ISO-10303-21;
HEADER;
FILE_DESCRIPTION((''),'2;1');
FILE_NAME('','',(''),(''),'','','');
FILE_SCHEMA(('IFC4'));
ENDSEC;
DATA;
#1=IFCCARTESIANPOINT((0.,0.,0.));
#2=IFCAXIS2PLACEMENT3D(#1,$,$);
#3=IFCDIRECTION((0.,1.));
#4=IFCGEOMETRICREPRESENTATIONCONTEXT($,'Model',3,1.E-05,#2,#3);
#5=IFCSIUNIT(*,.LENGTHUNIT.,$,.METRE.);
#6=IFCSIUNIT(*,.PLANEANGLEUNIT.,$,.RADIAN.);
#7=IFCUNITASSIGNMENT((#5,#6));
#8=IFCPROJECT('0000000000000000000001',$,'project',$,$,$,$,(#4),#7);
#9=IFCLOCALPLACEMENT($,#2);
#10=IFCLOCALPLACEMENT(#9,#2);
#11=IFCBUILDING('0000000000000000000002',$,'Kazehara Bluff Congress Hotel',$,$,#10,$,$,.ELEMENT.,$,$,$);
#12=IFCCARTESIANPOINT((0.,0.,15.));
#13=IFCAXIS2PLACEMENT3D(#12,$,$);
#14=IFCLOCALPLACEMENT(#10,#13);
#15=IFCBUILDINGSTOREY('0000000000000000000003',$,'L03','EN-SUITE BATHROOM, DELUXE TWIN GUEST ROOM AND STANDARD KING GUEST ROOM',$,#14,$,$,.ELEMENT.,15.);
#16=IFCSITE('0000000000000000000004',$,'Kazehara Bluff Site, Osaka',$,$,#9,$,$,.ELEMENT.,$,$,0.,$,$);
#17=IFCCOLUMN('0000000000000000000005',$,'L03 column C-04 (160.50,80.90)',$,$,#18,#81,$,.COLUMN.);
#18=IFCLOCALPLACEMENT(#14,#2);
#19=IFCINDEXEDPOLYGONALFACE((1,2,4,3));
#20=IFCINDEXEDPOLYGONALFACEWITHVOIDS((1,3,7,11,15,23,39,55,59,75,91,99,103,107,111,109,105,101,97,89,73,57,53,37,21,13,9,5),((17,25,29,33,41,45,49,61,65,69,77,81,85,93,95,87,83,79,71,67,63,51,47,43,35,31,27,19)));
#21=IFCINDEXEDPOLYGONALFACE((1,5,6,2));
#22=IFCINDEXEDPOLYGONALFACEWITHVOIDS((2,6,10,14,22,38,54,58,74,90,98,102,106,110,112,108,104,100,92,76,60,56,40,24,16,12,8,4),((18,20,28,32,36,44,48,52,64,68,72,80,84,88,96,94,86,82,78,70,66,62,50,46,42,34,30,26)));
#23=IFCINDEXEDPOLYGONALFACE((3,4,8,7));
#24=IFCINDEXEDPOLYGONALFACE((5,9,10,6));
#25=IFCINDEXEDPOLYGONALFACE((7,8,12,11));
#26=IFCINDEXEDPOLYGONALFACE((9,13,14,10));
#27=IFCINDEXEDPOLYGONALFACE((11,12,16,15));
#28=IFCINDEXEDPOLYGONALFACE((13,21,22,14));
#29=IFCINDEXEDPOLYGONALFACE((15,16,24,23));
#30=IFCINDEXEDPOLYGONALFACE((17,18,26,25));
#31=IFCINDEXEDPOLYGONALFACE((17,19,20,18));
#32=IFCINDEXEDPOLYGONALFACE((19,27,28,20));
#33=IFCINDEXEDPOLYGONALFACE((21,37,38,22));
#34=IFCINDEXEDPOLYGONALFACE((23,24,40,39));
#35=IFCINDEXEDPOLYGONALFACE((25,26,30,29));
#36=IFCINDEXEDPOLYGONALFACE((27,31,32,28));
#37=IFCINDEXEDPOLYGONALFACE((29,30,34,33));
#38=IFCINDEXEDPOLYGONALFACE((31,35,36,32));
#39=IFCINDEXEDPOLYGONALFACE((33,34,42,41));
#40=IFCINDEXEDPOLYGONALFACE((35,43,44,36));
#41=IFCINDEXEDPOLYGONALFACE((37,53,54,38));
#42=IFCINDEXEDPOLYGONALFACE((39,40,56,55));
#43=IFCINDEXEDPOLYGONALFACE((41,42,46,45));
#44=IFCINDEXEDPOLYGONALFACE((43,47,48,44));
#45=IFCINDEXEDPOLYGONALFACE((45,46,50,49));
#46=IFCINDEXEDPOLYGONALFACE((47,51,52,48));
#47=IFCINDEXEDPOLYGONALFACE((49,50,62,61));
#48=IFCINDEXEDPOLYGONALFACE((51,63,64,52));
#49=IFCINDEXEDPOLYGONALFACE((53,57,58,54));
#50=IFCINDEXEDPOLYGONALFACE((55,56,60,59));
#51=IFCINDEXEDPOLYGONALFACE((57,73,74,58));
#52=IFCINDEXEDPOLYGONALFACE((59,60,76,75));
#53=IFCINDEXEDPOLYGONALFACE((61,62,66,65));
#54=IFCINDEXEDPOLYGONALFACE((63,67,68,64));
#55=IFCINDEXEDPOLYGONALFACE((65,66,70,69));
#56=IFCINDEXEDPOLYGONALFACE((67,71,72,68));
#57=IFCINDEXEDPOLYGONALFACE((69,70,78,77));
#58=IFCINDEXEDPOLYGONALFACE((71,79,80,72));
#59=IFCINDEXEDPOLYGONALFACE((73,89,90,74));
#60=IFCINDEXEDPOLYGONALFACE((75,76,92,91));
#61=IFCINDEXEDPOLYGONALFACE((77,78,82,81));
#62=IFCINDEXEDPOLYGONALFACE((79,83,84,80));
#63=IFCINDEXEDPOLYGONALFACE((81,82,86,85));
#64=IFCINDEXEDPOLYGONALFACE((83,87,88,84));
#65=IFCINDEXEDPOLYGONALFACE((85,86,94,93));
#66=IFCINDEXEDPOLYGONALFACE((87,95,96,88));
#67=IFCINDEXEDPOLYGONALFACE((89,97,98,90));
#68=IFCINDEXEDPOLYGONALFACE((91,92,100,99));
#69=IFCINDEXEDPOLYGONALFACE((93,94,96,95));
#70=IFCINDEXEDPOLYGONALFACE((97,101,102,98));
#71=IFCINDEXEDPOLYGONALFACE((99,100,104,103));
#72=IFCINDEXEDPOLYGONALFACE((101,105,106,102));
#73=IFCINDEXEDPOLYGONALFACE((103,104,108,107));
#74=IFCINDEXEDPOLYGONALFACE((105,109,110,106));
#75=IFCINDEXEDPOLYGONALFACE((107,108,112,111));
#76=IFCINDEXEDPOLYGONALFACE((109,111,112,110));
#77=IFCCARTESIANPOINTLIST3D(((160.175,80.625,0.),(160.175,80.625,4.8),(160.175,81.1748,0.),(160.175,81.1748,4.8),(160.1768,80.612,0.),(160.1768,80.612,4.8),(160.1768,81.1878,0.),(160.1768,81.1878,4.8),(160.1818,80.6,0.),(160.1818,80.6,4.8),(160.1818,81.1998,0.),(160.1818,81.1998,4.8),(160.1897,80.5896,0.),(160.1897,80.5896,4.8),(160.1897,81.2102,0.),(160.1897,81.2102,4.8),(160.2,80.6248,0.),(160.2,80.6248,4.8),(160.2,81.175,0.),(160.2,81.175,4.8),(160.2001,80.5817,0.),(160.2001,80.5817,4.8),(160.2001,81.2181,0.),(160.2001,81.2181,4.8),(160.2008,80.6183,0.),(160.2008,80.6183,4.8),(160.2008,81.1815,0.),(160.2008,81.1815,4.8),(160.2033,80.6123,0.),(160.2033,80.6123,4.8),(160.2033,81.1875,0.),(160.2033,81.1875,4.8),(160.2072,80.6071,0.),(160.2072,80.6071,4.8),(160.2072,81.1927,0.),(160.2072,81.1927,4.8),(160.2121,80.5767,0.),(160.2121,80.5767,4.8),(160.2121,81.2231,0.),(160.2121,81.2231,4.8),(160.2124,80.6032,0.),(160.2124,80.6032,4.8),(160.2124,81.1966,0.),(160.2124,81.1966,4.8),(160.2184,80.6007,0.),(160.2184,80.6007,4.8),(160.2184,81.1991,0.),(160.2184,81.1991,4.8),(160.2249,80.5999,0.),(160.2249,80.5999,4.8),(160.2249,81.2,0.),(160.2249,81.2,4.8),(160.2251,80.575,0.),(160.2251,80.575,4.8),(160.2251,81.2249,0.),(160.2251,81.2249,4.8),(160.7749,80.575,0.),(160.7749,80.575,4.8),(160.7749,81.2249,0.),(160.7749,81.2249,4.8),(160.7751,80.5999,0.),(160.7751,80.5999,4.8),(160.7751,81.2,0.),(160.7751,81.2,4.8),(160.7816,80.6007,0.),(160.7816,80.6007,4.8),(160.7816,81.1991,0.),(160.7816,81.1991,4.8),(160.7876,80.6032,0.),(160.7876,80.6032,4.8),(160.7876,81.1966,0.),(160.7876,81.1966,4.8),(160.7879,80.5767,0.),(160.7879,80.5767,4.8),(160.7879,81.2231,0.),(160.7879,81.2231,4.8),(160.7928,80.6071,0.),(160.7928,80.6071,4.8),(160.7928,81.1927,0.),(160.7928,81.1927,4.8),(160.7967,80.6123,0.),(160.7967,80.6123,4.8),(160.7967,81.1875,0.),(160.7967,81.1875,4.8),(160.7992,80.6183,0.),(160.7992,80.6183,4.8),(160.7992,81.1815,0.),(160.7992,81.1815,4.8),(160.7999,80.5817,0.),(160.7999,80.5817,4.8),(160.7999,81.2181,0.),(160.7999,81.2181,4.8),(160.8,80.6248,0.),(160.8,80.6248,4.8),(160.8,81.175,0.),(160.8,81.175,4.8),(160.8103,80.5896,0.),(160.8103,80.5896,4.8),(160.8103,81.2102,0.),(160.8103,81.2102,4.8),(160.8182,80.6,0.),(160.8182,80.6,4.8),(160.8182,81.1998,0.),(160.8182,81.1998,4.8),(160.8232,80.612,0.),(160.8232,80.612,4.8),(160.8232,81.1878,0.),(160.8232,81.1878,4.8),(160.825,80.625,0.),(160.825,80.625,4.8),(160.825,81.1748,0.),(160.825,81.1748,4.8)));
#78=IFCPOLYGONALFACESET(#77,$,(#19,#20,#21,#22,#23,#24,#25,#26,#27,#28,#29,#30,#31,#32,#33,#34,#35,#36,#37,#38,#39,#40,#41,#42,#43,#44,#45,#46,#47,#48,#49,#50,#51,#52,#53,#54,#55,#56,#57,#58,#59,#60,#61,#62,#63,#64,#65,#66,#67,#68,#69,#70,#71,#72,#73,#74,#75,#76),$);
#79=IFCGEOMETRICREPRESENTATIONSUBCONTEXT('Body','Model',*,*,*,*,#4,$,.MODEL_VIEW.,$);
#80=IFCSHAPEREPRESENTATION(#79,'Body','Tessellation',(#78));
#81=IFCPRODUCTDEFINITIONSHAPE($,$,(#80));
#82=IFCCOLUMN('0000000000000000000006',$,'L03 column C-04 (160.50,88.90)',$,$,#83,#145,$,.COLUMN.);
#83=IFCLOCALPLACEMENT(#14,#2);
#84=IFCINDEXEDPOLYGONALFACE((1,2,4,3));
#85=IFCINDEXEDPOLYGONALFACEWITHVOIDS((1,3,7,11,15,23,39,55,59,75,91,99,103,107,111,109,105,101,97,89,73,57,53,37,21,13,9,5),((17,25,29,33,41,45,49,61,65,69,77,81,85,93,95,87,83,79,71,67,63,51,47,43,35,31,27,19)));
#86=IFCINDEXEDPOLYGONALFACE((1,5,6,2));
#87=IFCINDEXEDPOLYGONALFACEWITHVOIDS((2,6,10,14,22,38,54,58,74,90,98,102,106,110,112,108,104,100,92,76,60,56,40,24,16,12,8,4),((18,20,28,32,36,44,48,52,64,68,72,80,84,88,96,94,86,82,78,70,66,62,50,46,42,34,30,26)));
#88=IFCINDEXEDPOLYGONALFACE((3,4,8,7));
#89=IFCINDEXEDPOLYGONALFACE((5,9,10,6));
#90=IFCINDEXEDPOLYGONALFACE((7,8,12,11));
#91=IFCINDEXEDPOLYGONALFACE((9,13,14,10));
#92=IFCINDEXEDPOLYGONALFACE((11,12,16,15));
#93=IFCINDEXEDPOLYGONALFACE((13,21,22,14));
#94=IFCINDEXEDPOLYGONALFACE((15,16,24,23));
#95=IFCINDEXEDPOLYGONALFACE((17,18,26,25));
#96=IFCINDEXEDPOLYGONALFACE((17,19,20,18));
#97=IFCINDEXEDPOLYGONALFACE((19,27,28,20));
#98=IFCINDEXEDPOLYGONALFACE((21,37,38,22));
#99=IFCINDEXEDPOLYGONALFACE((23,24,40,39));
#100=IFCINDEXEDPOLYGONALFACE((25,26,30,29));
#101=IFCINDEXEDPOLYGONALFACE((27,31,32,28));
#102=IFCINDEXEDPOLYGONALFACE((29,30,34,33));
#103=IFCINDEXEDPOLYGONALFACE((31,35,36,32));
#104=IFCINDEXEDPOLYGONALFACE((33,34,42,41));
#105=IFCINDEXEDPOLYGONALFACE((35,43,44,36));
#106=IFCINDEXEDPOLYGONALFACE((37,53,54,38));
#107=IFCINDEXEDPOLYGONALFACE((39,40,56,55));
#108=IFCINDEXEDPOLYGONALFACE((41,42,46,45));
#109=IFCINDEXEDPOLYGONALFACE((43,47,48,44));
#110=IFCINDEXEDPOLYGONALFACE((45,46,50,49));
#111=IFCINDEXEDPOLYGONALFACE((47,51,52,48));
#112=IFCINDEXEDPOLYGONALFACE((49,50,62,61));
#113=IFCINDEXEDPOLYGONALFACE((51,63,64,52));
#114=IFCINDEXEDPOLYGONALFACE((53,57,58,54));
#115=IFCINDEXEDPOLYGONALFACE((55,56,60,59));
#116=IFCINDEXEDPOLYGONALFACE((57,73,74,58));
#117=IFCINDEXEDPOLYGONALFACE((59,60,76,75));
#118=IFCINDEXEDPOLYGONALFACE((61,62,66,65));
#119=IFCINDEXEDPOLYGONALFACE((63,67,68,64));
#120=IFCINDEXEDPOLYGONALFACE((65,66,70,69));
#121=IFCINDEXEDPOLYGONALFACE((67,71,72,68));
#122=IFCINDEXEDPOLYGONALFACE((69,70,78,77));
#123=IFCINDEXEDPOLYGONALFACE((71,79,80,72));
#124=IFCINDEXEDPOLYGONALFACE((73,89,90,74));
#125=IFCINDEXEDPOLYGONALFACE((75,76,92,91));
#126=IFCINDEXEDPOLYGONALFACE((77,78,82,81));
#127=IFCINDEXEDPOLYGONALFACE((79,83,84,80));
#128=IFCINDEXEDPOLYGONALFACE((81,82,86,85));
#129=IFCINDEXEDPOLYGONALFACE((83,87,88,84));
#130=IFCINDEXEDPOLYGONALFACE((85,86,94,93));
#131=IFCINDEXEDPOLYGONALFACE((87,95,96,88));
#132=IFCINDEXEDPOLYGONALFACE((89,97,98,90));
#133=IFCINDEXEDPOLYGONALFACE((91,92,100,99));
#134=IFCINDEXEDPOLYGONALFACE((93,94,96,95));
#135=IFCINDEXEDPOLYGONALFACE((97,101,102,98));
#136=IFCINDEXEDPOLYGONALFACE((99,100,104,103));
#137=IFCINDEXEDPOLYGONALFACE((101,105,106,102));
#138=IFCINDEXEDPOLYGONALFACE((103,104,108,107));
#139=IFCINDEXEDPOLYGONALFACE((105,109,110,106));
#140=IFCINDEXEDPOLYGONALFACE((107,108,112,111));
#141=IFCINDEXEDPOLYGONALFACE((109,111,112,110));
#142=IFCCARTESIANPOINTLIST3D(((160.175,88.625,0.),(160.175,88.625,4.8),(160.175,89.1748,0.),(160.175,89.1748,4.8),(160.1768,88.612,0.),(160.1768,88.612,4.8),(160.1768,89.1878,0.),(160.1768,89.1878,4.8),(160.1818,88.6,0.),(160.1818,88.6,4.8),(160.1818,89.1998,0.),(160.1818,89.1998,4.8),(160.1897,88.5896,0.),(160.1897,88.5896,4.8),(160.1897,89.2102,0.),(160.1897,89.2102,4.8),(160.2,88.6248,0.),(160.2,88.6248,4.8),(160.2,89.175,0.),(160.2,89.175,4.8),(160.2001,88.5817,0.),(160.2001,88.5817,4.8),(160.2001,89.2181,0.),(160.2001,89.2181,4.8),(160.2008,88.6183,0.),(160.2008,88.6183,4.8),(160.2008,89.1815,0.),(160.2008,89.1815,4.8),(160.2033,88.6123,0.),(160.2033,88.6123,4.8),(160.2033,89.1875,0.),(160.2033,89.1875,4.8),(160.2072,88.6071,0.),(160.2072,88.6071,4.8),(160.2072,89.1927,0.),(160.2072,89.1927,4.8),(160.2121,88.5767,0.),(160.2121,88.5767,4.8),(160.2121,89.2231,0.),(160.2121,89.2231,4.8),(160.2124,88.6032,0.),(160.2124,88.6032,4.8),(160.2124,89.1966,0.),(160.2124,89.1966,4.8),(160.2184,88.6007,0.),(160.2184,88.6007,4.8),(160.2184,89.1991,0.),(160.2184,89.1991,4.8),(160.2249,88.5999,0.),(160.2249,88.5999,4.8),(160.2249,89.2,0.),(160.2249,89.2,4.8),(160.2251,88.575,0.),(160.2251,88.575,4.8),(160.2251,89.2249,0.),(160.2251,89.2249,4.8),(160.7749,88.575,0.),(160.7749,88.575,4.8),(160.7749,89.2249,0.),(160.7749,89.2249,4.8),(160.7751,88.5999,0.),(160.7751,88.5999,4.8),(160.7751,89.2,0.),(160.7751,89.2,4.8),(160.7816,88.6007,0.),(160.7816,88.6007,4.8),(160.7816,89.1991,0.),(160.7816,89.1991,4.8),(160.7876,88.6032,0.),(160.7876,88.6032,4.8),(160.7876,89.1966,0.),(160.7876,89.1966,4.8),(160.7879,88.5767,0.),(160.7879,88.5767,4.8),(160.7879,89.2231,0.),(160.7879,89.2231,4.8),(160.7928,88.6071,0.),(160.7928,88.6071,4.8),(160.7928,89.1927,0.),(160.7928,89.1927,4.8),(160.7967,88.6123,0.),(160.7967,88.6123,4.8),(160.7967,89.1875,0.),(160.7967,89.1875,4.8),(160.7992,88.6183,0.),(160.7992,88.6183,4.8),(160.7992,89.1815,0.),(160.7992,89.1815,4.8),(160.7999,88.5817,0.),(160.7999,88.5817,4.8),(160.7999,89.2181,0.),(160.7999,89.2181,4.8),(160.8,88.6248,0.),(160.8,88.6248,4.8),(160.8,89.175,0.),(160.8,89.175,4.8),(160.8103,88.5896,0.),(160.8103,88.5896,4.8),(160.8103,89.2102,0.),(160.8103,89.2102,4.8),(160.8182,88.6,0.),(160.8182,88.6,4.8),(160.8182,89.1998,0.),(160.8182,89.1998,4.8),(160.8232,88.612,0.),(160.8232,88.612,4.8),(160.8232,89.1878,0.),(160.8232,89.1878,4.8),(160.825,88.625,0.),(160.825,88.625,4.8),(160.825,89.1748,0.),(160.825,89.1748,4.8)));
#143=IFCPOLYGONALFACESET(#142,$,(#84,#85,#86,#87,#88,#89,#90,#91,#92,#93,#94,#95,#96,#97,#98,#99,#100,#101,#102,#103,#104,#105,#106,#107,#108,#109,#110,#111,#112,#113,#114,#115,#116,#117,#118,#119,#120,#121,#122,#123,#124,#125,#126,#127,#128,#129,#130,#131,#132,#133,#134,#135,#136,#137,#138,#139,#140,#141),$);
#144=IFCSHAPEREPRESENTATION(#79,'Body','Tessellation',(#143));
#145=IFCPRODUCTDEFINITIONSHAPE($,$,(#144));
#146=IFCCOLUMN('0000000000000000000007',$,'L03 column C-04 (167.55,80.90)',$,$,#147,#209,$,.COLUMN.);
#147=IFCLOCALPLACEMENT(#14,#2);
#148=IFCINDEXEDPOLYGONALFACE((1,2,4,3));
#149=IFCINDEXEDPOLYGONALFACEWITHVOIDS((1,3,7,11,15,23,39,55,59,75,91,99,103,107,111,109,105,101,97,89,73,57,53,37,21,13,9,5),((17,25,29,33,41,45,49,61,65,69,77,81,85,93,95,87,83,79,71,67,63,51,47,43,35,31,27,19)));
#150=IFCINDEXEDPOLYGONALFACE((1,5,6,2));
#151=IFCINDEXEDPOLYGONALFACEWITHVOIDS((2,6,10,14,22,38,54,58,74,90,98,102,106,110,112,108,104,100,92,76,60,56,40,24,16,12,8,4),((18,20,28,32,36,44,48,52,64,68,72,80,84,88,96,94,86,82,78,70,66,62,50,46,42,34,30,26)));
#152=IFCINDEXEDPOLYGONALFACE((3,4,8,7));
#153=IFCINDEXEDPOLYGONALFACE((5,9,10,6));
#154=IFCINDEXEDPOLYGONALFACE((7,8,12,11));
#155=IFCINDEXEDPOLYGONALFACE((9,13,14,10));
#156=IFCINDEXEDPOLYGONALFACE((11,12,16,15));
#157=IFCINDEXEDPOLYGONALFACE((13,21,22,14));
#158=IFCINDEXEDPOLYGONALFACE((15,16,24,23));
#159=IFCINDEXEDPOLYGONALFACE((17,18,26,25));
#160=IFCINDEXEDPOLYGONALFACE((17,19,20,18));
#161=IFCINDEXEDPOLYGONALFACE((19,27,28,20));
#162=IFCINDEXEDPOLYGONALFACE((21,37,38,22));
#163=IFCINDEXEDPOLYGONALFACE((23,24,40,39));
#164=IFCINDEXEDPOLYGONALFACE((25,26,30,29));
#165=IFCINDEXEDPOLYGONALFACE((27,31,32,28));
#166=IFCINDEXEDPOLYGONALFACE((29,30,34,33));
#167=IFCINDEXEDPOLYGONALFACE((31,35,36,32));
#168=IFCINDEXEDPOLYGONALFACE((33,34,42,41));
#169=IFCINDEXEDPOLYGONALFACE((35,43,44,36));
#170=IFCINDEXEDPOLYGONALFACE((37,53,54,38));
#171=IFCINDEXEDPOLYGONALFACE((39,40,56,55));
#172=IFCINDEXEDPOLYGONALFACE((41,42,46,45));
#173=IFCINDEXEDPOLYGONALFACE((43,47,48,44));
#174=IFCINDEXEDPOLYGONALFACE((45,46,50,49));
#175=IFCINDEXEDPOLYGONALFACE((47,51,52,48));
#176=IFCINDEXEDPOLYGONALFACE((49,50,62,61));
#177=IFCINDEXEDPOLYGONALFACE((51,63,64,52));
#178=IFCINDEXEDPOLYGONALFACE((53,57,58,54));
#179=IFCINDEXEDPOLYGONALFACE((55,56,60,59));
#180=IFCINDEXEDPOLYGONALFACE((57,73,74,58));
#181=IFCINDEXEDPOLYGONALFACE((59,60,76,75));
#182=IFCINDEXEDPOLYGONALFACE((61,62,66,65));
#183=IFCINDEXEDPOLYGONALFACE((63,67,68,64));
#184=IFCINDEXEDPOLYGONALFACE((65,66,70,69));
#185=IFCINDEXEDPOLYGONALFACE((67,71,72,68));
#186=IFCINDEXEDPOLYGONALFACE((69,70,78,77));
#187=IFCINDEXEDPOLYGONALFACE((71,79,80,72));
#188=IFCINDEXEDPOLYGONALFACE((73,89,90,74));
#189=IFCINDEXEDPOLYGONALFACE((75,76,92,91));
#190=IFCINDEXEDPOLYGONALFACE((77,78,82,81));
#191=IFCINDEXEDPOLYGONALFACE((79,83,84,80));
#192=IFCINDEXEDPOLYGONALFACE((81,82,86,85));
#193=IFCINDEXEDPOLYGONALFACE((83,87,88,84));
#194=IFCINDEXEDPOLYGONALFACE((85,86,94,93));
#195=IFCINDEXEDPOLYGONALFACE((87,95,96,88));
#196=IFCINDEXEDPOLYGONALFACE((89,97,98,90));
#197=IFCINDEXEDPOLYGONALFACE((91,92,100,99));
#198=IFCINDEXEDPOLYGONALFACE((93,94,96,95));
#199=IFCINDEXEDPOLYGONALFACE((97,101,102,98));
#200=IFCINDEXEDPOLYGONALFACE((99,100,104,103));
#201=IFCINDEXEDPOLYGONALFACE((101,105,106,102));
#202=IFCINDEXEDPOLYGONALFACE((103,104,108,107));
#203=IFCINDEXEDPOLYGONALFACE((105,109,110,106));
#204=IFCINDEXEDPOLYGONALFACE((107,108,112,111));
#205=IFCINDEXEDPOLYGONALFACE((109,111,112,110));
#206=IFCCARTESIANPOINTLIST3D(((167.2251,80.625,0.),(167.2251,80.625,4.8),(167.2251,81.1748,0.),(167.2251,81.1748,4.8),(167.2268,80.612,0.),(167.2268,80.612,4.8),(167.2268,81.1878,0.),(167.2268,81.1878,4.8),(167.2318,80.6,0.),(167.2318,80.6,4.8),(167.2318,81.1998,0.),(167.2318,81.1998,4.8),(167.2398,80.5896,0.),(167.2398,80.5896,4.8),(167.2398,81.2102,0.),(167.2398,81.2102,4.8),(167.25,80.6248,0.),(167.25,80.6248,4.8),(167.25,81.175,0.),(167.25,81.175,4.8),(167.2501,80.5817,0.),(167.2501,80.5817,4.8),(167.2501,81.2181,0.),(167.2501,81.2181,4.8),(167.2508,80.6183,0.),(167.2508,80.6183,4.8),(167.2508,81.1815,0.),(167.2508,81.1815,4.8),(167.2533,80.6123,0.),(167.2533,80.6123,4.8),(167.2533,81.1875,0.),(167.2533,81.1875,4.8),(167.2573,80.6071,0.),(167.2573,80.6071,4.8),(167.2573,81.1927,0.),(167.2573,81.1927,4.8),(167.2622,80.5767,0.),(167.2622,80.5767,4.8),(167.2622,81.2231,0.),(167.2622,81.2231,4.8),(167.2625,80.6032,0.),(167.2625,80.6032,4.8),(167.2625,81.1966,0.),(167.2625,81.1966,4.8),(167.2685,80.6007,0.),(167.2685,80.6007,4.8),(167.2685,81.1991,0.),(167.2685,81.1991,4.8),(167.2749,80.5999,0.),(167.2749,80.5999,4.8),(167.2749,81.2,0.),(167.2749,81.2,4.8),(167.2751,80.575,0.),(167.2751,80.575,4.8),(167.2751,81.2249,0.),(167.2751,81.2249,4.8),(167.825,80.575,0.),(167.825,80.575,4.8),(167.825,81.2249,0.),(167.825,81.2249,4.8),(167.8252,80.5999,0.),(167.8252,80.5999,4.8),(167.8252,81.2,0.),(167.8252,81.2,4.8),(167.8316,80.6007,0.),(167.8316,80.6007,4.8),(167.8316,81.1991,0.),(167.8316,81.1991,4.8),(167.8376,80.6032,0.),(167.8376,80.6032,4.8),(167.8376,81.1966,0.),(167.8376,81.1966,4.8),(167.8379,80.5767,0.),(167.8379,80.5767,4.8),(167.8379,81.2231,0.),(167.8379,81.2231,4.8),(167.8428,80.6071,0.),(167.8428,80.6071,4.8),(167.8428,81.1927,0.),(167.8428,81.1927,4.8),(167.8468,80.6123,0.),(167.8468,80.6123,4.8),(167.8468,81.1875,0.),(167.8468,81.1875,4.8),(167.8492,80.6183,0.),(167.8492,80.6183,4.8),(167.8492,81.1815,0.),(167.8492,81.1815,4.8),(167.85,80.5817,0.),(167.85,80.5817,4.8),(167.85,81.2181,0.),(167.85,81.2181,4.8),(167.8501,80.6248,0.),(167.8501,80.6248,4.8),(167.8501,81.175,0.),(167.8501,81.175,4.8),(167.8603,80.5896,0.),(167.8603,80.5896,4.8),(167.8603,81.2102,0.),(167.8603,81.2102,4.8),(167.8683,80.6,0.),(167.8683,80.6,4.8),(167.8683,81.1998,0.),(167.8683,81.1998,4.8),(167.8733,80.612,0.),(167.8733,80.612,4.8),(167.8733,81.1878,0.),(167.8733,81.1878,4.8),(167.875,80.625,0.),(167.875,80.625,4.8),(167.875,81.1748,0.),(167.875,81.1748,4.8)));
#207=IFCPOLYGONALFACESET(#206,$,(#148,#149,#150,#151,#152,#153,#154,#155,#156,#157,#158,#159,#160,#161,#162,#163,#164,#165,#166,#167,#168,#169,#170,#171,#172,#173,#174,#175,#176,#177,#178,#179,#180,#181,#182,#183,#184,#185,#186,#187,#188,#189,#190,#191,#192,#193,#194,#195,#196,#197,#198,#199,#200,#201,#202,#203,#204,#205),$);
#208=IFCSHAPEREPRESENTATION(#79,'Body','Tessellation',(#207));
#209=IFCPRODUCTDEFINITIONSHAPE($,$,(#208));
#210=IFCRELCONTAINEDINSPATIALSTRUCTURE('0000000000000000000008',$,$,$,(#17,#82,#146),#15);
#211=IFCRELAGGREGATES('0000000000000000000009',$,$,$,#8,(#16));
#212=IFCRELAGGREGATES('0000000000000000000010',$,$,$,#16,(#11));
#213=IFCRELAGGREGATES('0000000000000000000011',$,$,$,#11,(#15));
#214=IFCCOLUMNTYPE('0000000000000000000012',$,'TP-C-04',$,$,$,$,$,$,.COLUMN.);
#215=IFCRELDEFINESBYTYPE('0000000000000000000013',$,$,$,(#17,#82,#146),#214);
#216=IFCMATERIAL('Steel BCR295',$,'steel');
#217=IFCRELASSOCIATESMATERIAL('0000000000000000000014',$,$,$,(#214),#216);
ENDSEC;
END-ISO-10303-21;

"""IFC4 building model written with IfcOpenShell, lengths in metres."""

from ifc_helpers import new_model, si_unit, direction, frame, origin, origin_2d, place, context, subcontext, project, spatial, hollow_rectangle, extrude, material, material_profile, profile_set, type_object, element, save


model = new_model("IFC4")

# Units and contexts
model_context = context("Model", 3, precision=1e-05, world=origin(), true_north=direction((0.0, 1.0)))
body_context = subcontext(model_context, "Body", "Model", "MODEL_VIEW")
ifc_project = project(units=[si_unit("LENGTHUNIT", "METRE"), si_unit("PLANEANGLEUNIT", "RADIAN")], contexts=[model_context])

# Site, building, storey
site_placement = place(None, origin())
site = spatial("IfcSite", under=ifc_project, at=site_placement, Name="Kazehara Bluff Site, Osaka", CompositionType="ELEMENT", RefElevation=0.0)
building_placement = place(site_placement, origin())
building = spatial("IfcBuilding", under=site, at=building_placement, Name="Kazehara Bluff Congress Hotel", CompositionType="ELEMENT")
storey_placement = place(building_placement, frame((0.0, 0.0, 15.0)))
storey = spatial("IfcBuildingStorey", under=building, at=storey_placement, Name="L03", Description="EN-SUITE BATHROOM, DELUXE TWIN GUEST ROOM AND STANDARD KING GUEST ROOM", CompositionType="ELEMENT", Elevation=15.0)

# Columns
ifc_material_1 = material(Name="Steel BCR295", Category="steel")
ifc_material_profile_1 = material_profile(ifc_material_1, hollow_rectangle(XDim=0.6499, YDim=0.6499, WallThickness=0.0249, InnerFilletRadius=0.0249, OuterFilletRadius=0.05, at=origin_2d()))
ifc_profile_set_1 = profile_set([ifc_material_profile_1], Name="Steel BCR295")
column_type = type_object("IfcColumnType", Name="TP-C-04", PredefinedType="COLUMN", material=ifc_profile_set_1)
for number, where, z_axis, x_axis, name in (
    (1, (160.5, 80.8999, 0.0), (0.0, 0.0, 1.0), (1.0, 0.0, 0.0), "L03 column C-04 (160.50,80.90)"),
    (2, (160.5, 88.8999, 0.0), (0.0, 0.0, 1.0), (1.0, 0.0, 0.0), "L03 column C-04 (160.50,88.90)"),
    (3, (167.55, 80.8999, 0.0), (0.0, 0.0, 1.0), (1.0, 0.0, 0.0), "L03 column C-04 (167.55,80.90)"),
):
    element("IfcColumn", number, at=place(storey_placement, frame(where, z_axis=z_axis, x_axis=x_axis)), inside=storey, type_object=column_type, Name=name, PredefinedType="COLUMN", context=body_context, shape_type="SweptSolid", body=[
        extrude(hollow_rectangle(XDim=0.6499, YDim=0.6499, WallThickness=0.0249, InnerFilletRadius=0.0249, OuterFilletRadius=0.05, at=origin_2d()), origin(), (0.0, 0.0, 1.0), 4.8),
    ])

save(model, "model.ifc")
